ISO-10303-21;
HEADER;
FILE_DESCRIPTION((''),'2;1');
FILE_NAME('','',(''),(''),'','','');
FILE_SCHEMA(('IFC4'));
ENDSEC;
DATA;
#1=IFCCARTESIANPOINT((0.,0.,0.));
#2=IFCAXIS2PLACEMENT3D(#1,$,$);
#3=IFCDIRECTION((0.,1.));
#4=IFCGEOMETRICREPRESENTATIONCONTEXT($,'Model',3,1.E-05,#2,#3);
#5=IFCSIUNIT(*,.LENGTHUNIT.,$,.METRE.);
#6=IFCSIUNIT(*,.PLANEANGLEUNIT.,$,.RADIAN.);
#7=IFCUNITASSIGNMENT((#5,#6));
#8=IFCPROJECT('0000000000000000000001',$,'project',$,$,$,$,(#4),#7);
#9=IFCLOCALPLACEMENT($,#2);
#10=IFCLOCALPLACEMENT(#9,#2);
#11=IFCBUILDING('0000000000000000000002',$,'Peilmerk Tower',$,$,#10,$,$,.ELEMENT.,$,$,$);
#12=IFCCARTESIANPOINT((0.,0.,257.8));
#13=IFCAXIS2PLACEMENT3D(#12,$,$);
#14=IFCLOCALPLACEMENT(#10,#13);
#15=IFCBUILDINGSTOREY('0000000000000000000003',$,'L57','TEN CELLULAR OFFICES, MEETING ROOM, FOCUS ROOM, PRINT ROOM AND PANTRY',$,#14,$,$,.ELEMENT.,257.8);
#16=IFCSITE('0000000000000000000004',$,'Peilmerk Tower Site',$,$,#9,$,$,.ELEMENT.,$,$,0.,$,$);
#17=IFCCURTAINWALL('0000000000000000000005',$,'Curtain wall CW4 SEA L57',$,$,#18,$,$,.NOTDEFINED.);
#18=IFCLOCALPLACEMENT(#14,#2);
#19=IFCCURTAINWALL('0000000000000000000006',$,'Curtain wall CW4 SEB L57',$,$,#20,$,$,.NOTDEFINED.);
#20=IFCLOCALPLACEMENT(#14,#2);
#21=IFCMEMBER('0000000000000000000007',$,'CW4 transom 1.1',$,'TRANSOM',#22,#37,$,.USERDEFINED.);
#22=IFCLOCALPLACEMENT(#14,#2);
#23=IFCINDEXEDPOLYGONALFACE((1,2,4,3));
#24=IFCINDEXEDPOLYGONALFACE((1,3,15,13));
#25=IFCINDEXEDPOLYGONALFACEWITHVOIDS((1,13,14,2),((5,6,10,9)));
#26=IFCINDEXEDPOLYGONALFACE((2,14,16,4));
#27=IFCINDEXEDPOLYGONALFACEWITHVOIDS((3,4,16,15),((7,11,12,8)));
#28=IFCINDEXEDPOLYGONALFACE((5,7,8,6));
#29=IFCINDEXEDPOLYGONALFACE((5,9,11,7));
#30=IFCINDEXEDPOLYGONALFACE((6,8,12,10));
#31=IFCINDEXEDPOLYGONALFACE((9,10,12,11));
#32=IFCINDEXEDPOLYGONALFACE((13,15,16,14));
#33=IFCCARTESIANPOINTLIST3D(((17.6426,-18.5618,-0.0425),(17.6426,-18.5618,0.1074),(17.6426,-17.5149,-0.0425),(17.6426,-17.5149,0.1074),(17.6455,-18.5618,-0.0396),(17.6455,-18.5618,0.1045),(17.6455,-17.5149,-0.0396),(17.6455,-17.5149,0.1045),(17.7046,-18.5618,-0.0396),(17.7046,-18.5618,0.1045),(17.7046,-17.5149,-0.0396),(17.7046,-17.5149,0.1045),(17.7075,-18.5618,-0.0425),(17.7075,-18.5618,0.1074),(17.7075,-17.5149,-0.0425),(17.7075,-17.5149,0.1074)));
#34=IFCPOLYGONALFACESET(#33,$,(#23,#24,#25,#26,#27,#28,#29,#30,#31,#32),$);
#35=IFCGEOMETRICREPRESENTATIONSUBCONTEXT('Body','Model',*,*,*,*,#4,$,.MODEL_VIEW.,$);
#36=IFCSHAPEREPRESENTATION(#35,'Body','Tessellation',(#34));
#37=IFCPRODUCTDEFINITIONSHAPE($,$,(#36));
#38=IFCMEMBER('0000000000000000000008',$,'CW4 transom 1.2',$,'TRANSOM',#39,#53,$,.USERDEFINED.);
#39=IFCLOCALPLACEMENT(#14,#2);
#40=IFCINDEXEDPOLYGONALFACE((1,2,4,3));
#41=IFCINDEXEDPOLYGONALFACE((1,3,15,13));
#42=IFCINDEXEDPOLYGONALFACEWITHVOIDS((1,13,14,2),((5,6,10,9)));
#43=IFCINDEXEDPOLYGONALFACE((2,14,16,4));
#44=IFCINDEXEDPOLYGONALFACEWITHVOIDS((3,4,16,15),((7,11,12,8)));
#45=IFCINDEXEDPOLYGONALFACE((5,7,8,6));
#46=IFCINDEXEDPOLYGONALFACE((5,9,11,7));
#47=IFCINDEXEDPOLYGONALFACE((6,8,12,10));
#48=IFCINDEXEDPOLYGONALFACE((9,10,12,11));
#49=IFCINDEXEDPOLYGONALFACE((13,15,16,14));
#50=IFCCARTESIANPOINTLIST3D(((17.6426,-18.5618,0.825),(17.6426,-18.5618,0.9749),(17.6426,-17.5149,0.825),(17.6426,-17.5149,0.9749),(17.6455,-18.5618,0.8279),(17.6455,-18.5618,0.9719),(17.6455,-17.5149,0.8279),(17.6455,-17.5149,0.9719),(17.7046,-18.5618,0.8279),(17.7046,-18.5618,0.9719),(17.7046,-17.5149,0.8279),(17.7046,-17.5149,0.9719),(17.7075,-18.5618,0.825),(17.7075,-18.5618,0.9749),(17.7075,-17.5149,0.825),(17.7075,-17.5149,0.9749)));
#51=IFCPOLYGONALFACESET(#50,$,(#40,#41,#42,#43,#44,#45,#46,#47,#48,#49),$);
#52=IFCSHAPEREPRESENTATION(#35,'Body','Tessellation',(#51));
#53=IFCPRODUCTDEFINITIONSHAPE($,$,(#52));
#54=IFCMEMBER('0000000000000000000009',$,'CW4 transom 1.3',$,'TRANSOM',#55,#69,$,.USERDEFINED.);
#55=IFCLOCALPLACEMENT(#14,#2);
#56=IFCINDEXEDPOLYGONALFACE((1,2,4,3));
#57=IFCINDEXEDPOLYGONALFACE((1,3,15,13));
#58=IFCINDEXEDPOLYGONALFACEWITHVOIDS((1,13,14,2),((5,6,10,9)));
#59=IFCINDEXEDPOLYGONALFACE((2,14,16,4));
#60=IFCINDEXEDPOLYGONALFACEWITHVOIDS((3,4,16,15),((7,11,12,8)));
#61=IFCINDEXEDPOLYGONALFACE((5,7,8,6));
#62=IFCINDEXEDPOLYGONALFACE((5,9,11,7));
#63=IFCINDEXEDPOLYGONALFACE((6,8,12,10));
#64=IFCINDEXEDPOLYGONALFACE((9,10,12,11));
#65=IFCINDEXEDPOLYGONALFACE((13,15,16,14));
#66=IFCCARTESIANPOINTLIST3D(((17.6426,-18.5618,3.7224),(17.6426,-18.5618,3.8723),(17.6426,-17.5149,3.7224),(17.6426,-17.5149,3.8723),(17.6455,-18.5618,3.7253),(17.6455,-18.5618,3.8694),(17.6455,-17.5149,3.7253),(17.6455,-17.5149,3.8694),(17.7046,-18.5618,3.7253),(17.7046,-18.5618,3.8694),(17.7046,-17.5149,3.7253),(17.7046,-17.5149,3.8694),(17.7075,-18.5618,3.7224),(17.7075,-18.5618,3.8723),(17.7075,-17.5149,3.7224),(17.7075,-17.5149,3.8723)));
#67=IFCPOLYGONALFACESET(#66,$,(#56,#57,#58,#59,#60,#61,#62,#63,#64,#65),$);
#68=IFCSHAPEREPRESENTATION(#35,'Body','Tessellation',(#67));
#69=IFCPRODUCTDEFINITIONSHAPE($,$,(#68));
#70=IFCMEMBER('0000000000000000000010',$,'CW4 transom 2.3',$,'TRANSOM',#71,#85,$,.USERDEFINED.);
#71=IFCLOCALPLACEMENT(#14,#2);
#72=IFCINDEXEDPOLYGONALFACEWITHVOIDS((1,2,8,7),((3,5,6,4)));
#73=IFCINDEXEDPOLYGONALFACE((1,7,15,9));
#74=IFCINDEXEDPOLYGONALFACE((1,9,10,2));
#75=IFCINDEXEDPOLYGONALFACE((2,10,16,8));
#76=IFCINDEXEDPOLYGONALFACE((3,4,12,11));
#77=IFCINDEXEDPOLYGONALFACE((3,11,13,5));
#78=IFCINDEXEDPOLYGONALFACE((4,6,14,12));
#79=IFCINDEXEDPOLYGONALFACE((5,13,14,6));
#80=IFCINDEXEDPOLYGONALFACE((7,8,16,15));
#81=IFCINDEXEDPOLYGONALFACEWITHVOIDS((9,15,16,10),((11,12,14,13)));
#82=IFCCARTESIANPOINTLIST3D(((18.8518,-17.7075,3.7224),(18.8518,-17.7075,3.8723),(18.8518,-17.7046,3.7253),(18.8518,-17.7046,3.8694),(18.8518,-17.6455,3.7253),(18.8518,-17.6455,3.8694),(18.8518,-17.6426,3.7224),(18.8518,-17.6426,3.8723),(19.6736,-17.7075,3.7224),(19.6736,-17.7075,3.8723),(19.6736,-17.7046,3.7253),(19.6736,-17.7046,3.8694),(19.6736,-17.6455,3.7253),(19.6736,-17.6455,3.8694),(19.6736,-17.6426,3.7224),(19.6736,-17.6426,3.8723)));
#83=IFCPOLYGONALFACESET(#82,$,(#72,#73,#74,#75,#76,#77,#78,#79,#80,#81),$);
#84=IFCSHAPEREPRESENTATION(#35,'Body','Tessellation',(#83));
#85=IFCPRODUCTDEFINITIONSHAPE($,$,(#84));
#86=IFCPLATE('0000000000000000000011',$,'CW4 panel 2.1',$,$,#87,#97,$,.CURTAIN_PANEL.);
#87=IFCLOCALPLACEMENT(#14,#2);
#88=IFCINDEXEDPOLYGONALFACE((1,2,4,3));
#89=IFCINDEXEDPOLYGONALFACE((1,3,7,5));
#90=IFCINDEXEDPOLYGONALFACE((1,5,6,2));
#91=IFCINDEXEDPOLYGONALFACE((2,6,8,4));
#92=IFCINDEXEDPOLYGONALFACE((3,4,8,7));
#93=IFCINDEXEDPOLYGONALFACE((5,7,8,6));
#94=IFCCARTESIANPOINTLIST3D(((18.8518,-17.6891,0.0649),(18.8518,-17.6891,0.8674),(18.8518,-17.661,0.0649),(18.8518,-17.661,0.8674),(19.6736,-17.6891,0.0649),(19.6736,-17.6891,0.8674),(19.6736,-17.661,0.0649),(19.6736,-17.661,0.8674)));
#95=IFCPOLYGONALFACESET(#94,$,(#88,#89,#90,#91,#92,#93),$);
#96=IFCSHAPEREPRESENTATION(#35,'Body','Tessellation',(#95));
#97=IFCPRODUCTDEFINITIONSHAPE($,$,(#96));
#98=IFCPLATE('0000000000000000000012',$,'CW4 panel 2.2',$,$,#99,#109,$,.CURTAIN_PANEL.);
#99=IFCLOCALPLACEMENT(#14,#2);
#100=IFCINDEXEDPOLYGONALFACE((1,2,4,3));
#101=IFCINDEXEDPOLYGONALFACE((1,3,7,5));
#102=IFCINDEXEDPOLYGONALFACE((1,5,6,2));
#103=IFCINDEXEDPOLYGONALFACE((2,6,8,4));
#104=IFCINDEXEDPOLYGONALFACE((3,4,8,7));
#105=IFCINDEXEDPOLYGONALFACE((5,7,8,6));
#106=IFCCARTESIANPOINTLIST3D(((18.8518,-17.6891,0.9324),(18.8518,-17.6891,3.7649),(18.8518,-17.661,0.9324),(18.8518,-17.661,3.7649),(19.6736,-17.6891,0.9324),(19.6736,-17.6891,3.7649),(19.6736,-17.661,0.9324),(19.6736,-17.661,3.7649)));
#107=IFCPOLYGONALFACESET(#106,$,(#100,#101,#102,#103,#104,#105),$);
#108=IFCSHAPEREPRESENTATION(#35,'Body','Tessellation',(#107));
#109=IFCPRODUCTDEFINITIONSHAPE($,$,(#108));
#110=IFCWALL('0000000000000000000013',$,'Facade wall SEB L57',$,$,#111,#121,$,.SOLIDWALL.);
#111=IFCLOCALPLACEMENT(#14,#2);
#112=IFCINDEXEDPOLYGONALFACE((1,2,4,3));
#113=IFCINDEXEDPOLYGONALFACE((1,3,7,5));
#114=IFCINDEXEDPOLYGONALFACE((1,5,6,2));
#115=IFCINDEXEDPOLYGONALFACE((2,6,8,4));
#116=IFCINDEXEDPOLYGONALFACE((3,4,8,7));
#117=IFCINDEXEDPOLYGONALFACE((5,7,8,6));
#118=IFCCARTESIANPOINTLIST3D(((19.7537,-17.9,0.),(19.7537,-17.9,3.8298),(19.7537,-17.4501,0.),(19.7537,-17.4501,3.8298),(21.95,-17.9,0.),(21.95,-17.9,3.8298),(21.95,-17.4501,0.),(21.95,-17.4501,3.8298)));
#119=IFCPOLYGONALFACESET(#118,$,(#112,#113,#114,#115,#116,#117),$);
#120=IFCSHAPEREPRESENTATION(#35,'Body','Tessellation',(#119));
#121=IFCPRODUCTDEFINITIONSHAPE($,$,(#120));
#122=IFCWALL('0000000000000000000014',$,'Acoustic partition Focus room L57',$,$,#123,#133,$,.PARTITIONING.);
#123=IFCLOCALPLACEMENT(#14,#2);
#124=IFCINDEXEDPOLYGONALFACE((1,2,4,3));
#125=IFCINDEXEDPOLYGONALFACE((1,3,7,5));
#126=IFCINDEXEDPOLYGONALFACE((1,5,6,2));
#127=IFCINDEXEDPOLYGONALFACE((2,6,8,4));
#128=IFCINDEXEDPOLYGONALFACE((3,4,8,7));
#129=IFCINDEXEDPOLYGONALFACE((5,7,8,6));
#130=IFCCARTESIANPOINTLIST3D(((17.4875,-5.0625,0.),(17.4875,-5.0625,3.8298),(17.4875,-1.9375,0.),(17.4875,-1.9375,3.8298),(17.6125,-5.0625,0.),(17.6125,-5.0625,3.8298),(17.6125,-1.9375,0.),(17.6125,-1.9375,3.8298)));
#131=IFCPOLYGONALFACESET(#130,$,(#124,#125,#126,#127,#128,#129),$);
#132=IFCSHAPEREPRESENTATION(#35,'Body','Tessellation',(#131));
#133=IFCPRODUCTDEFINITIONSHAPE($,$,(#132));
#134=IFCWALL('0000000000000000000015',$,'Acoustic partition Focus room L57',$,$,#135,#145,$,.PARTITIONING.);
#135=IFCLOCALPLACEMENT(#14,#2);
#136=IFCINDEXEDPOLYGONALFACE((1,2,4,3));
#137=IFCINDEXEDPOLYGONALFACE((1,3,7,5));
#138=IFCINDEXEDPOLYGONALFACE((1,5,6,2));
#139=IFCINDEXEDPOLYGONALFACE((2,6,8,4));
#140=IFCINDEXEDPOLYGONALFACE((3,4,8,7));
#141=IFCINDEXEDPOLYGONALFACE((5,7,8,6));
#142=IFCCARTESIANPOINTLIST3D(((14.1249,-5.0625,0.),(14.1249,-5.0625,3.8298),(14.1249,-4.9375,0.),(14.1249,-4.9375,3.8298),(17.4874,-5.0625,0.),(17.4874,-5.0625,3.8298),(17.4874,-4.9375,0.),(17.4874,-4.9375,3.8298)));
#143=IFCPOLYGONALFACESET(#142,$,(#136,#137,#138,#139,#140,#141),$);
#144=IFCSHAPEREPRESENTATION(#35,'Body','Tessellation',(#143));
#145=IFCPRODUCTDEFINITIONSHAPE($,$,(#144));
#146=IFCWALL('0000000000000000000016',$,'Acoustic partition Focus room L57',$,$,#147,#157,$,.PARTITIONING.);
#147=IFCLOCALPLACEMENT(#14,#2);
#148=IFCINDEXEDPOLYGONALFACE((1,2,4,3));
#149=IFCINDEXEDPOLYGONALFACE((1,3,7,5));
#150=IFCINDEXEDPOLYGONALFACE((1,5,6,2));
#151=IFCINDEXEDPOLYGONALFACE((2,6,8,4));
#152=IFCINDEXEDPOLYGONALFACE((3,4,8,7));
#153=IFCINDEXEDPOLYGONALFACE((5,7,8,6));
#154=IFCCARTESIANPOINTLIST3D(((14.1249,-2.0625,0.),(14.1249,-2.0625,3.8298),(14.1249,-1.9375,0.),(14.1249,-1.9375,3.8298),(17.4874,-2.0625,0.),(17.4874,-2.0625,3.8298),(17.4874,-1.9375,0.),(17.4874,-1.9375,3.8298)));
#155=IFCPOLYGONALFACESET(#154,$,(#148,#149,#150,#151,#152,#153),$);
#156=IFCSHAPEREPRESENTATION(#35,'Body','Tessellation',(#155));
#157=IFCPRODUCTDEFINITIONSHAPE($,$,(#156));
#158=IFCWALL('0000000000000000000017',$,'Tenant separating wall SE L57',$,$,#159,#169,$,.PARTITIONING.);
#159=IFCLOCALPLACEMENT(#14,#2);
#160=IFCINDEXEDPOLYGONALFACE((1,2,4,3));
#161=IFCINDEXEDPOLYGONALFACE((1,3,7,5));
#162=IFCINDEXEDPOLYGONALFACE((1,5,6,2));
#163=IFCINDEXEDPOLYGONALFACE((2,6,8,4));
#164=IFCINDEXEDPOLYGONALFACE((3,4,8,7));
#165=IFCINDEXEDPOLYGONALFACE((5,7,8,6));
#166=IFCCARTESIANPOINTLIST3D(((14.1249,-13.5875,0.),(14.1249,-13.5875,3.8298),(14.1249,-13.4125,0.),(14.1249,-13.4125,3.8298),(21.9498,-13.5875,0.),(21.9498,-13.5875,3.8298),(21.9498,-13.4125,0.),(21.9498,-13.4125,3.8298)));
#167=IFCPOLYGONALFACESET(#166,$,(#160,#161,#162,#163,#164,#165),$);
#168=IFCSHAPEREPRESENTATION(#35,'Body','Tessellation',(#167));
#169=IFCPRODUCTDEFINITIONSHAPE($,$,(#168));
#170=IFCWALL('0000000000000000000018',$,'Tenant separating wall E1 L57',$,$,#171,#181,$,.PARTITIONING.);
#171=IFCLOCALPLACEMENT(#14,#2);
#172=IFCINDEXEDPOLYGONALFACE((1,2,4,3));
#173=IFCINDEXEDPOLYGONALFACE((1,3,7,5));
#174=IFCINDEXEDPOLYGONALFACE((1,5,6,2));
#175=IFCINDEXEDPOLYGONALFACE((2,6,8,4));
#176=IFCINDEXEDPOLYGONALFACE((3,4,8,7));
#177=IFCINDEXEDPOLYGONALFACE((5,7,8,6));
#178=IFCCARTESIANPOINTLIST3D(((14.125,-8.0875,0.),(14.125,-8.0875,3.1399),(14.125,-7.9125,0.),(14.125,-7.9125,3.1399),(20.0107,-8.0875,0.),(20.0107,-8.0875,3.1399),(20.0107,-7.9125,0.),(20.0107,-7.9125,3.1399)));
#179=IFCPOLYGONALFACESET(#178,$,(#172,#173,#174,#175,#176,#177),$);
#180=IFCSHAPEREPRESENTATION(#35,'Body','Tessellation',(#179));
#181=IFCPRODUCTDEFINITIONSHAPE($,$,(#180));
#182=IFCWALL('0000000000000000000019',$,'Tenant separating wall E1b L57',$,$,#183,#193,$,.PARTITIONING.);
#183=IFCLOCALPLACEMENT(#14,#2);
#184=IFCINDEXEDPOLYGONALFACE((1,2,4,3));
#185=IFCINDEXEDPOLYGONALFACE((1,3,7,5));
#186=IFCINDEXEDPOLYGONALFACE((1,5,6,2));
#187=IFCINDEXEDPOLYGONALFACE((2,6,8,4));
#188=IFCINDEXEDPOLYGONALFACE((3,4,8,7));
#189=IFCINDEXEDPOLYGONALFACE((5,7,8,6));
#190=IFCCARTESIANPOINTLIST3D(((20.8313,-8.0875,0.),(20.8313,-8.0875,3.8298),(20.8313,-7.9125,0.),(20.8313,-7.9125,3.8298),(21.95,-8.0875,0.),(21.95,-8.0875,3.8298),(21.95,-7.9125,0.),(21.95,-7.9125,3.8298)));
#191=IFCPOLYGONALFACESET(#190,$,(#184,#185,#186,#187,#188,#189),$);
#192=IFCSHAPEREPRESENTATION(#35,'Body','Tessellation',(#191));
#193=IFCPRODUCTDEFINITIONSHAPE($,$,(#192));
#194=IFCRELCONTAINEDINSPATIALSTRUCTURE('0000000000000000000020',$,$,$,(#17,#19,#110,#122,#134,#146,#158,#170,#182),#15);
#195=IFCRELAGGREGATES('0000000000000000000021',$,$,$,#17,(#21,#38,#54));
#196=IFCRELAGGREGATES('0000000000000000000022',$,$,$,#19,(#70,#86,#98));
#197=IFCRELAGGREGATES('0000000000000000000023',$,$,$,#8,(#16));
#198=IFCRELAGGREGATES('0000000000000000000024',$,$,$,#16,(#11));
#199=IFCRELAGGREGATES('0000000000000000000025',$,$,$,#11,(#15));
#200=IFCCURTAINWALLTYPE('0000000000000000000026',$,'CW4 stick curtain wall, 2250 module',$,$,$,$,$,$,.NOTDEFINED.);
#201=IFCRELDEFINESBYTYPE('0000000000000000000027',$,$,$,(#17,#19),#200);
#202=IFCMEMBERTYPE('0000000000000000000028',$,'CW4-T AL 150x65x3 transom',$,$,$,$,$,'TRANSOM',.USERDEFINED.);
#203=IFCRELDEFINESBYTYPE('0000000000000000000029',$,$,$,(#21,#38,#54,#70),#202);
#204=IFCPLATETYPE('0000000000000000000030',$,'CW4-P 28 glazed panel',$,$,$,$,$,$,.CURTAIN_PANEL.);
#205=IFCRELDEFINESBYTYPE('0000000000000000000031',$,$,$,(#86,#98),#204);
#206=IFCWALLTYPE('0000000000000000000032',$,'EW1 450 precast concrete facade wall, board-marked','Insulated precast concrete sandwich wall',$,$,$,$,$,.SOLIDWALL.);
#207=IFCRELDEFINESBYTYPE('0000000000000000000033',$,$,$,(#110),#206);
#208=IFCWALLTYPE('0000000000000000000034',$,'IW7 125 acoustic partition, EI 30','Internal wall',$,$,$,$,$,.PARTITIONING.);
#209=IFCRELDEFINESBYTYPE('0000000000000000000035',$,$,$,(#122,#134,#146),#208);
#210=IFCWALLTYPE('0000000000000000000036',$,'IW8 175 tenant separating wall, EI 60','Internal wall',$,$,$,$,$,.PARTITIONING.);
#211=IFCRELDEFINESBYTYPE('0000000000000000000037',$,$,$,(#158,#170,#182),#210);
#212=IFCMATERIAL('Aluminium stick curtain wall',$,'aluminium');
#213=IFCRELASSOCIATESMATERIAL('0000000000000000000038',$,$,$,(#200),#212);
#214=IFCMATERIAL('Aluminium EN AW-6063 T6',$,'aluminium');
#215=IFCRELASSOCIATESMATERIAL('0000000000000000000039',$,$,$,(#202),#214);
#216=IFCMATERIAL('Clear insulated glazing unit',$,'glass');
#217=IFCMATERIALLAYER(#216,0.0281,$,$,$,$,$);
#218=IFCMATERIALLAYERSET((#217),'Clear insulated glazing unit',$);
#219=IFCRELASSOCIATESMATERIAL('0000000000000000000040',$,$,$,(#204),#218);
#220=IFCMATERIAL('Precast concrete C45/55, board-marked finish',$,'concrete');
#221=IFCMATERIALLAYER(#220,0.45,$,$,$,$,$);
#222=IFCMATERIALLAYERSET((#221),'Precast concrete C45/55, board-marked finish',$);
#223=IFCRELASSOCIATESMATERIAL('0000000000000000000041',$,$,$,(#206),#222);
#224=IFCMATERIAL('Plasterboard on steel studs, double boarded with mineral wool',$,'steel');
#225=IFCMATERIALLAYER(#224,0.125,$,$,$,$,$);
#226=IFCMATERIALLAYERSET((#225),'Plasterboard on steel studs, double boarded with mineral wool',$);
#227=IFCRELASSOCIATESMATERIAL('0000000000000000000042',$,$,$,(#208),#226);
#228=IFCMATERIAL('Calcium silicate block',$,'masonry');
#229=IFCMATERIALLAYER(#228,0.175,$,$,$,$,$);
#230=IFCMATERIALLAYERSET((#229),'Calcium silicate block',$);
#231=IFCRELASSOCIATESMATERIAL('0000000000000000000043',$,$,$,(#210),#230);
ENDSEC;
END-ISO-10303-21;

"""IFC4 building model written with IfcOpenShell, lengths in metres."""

from ifc_helpers import new_model, si_unit, direction, frame, frame_2d, origin, origin_2d, place, context, subcontext, project, spatial, rectangle, hollow_rectangle, extrude, material, layer, layer_set, material_profile, profile_set, type_object, element, aggregate, save


model = new_model("IFC4")

# Units and contexts
model_context = context("Model", 3, precision=1e-05, world=origin(), true_north=direction((0.0, 1.0)))
body_context = subcontext(model_context, "Body", "Model", "MODEL_VIEW")
ifc_project = project(units=[si_unit("LENGTHUNIT", "METRE"), si_unit("PLANEANGLEUNIT", "RADIAN")], contexts=[model_context])

# Site, building, storey
site_placement = place(None, origin())
site = spatial("IfcSite", under=ifc_project, at=site_placement, Name="Peilmerk Tower Site", CompositionType="ELEMENT", RefElevation=0.0)
building_placement = place(site_placement, origin())
building = spatial("IfcBuilding", under=site, at=building_placement, Name="Peilmerk Tower", CompositionType="ELEMENT")
storey_placement = place(building_placement, frame((0.0, 0.0, 257.8)))
storey = spatial("IfcBuildingStorey", under=building, at=storey_placement, Name="L57", Description="TEN CELLULAR OFFICES, MEETING ROOM, FOCUS ROOM, PRINT ROOM AND PANTRY", CompositionType="ELEMENT", Elevation=257.8)

# Curtain walls
ifc_material_1 = material(Name="Aluminium stick curtain wall", Category="aluminium")
curtain_wall_type = type_object("IfcCurtainWallType", Name="CW4 stick curtain wall, 2250 module", PredefinedType="NOTDEFINED", material=ifc_material_1)
curtain_wall_1_placement = place(storey_placement, origin())
curtain_wall_1 = element("IfcCurtainWall", 1, at=curtain_wall_1_placement, inside=storey, type_object=curtain_wall_type, Name="Curtain wall CW4 SEA L57", PredefinedType="NOTDEFINED")
ifc_material_2 = material(Name="Aluminium EN AW-6063 T6", Category="aluminium")
curtain_wall_2_placement = place(storey_placement, origin())
curtain_wall_2 = element("IfcCurtainWall", 2, at=curtain_wall_2_placement, inside=storey, type_object=curtain_wall_type, Name="Curtain wall CW4 SEB L57", PredefinedType="NOTDEFINED")

# Members
ifc_material_profile_1 = material_profile(ifc_material_2, hollow_rectangle(XDim=0.0649, YDim=0.1499, WallThickness=0.0029, at=origin_2d()), Name="AL 150x65x3")
ifc_profile_set_1 = profile_set([ifc_material_profile_1], Name="Aluminium EN AW-6063 T6")
member_type_1 = type_object("IfcMemberType", Name="CW4-T AL 150x65x3 transom", ElementType="TRANSOM", PredefinedType="USERDEFINED", material=ifc_profile_set_1)
member_1_placement = place(storey_placement, frame((17.675, -17.5149, 0.0325), z_axis=(0.0, -1.0, 0.0), x_axis=(1.0, 0.0, 0.0)))
member_1 = element("IfcMember", 3, at=member_1_placement, type_object=member_type_1, Name="CW4 transom 1.1", ObjectType="TRANSOM", PredefinedType="USERDEFINED", context=body_context, shape_type="SweptSolid", body=[
    extrude(hollow_rectangle(XDim=0.0649, YDim=0.1499, WallThickness=0.0029, at=origin_2d()), origin(), (0.0, 0.0, 1.0), 1.0469),
])
member_2_placement = place(storey_placement, frame((17.675, -17.5149, 0.8999), z_axis=(0.0, -1.0, 0.0), x_axis=(1.0, 0.0, 0.0)))
member_2 = element("IfcMember", 4, at=member_2_placement, type_object=member_type_1, Name="CW4 transom 1.2", ObjectType="TRANSOM", PredefinedType="USERDEFINED", context=body_context, shape_type="SweptSolid", body=[
    extrude(hollow_rectangle(XDim=0.0649, YDim=0.1499, WallThickness=0.0029, at=origin_2d()), origin(), (0.0, 0.0, 1.0), 1.0469),
])
member_3_placement = place(storey_placement, frame((17.675, -17.5149, 3.7974), z_axis=(0.0, -1.0, 0.0), x_axis=(1.0, 0.0, 0.0)))
member_3 = element("IfcMember", 5, at=member_3_placement, type_object=member_type_1, Name="CW4 transom 1.3", ObjectType="TRANSOM", PredefinedType="USERDEFINED", context=body_context, shape_type="SweptSolid", body=[
    extrude(hollow_rectangle(XDim=0.0649, YDim=0.1499, WallThickness=0.0029, at=origin_2d()), origin(), (0.0, 0.0, 1.0), 1.0469),
])
aggregate(curtain_wall_1, [member_1, member_2, member_3])
member_4_placement = place(storey_placement, frame((18.8518, -17.675, 3.7974), z_axis=(1.0, 0.0, 0.0), x_axis=(0.0, 1.0, 0.0)))
member_4 = element("IfcMember", 6, at=member_4_placement, type_object=member_type_1, Name="CW4 transom 2.3", ObjectType="TRANSOM", PredefinedType="USERDEFINED", context=body_context, shape_type="SweptSolid", body=[
    extrude(hollow_rectangle(XDim=0.0649, YDim=0.1499, WallThickness=0.0029, at=origin_2d()), origin(), (0.0, 0.0, 1.0), 0.8218),
])

# Plates
ifc_material_3 = material(Name="Clear insulated glazing unit", Category="glass")
ifc_layer_1 = layer(ifc_material_3, 0.0281)
ifc_layer_set_1 = layer_set([ifc_layer_1], Name="Clear insulated glazing unit")
plate_type = type_object("IfcPlateType", Name="CW4-P 28 glazed panel", PredefinedType="CURTAIN_PANEL", material=ifc_layer_set_1)
plate_1_placement = place(storey_placement, frame((19.2627, -17.675, 0.0649), z_axis=(0.0, 0.0, 1.0), x_axis=(1.0, 0.0, 0.0)))
plate_1 = element("IfcPlate", 7, at=plate_1_placement, type_object=plate_type, Name="CW4 panel 2.1", PredefinedType="CURTAIN_PANEL", context=body_context, shape_type="SweptSolid", body=[
    extrude(rectangle(XDim=0.8218, YDim=0.0281, at=origin_2d()), origin(), (0.0, 0.0, 1.0), 0.8025),
])
plate_2_placement = place(storey_placement, frame((19.2627, -17.675, 0.9324), z_axis=(0.0, 0.0, 1.0), x_axis=(1.0, 0.0, 0.0)))
plate_2 = element("IfcPlate", 8, at=plate_2_placement, type_object=plate_type, Name="CW4 panel 2.2", PredefinedType="CURTAIN_PANEL", context=body_context, shape_type="SweptSolid", body=[
    extrude(rectangle(XDim=0.8218, YDim=0.0281, at=origin_2d()), origin(), (0.0, 0.0, 1.0), 2.8325),
])
aggregate(curtain_wall_2, [member_4, plate_1, plate_2])

# Walls
ifc_material_4 = material(Name="Precast concrete C45/55, board-marked finish", Category="concrete")
ifc_layer_2 = layer(ifc_material_4, 0.45)
ifc_layer_set_2 = layer_set([ifc_layer_2], Name="Precast concrete C45/55, board-marked finish")
wall_type_1 = type_object("IfcWallType", Name="EW1 450 precast concrete facade wall, board-marked", Description="Insulated precast concrete sandwich wall", PredefinedType="SOLIDWALL", material=ifc_layer_set_2)
wall_1_placement = place(storey_placement, frame((19.7537, -17.675, 0.0), z_axis=(0.0, 0.0, 1.0), x_axis=(1.0, 0.0, 0.0)))
element("IfcWall", 9, at=wall_1_placement, inside=storey, type_object=wall_type_1, Name="Facade wall SEB L57", PredefinedType="SOLIDWALL", context=body_context, shape_type="SweptSolid", body=[
    extrude(rectangle(XDim=2.1963, YDim=0.45, at=frame_2d((1.0981, 0.0))), origin(), (0.0, 0.0, 1.0), 3.8298),
])
ifc_material_5 = material(Name="Plasterboard on steel studs, double boarded with mineral wool", Category="steel")
ifc_layer_3 = layer(ifc_material_5, 0.125)
ifc_layer_set_3 = layer_set([ifc_layer_3], Name="Plasterboard on steel studs, double boarded with mineral wool")
wall_type_2 = type_object("IfcWallType", Name="IW7 125 acoustic partition, EI 30", Description="Internal wall", PredefinedType="PARTITIONING", material=ifc_layer_set_3)
wall_2_placement = place(storey_placement, frame((17.55, -5.0625, 0.0), z_axis=(0.0, 0.0, 1.0), x_axis=(0.0, 1.0, 0.0)))
element("IfcWall", 10, at=wall_2_placement, inside=storey, type_object=wall_type_2, Name="Acoustic partition Focus room L57", PredefinedType="PARTITIONING", context=body_context, shape_type="SweptSolid", body=[
    extrude(rectangle(XDim=3.125, YDim=0.125, at=frame_2d((1.5625, 0.0))), origin(), (0.0, 0.0, 1.0), 3.8298),
])
for number, where, z_axis, x_axis, name in (
    (11, (14.125, -5.0, 0.0), (0.0, 0.0, 1.0), (1.0, 0.0, 0.0), "Acoustic partition Focus room L57"),
    (12, (14.125, -2.0, 0.0), (0.0, 0.0, 1.0), (1.0, 0.0, 0.0), "Acoustic partition Focus room L57"),
):
    element("IfcWall", number, at=place(storey_placement, frame(where, z_axis=z_axis, x_axis=x_axis)), inside=storey, type_object=wall_type_2, Name=name, PredefinedType="PARTITIONING", context=body_context, shape_type="SweptSolid", body=[
        extrude(rectangle(XDim=3.3625, YDim=0.125, at=frame_2d((1.6812, 0.0))), origin(), (0.0, 0.0, 1.0), 3.8298),
    ])
ifc_material_6 = material(Name="Calcium silicate block", Category="masonry")
ifc_layer_4 = layer(ifc_material_6, 0.175)
ifc_layer_set_4 = layer_set([ifc_layer_4], Name="Calcium silicate block")
wall_type_3 = type_object("IfcWallType", Name="IW8 175 tenant separating wall, EI 60", Description="Internal wall", PredefinedType="PARTITIONING", material=ifc_layer_set_4)
wall_3_placement = place(storey_placement, frame((21.95, -13.5, 0.0), z_axis=(0.0, 0.0, 1.0), x_axis=(-1.0, 0.0, 0.0)))
element("IfcWall", 13, at=wall_3_placement, inside=storey, type_object=wall_type_3, Name="Tenant separating wall SE L57", PredefinedType="PARTITIONING", context=body_context, shape_type="SweptSolid", body=[
    extrude(rectangle(XDim=7.825, YDim=0.175, at=frame_2d((3.9126, 0.0))), origin(), (0.0, 0.0, 1.0), 3.8298),
])
wall_4_placement = place(storey_placement, frame((14.125, -8.0, 0.0), z_axis=(0.0, 0.0, 1.0), x_axis=(1.0, 0.0, 0.0)))
element("IfcWall", 14, at=wall_4_placement, inside=storey, type_object=wall_type_3, Name="Tenant separating wall E1 L57", PredefinedType="PARTITIONING", context=body_context, shape_type="SweptSolid", body=[
    extrude(rectangle(XDim=5.8857, YDim=0.175, at=frame_2d((2.9429, 0.0))), origin(), (0.0, 0.0, 1.0), 3.1399),
])
wall_5_placement = place(storey_placement, frame((20.8313, -8.0, 0.0), z_axis=(0.0, 0.0, 1.0), x_axis=(1.0, 0.0, 0.0)))
element("IfcWall", 15, at=wall_5_placement, inside=storey, type_object=wall_type_3, Name="Tenant separating wall E1b L57", PredefinedType="PARTITIONING", context=body_context, shape_type="SweptSolid", body=[
    extrude(rectangle(XDim=1.1187, YDim=0.175, at=frame_2d((0.5593, 0.0))), origin(), (0.0, 0.0, 1.0), 3.8298),
])

save(model, "model.ifc")
